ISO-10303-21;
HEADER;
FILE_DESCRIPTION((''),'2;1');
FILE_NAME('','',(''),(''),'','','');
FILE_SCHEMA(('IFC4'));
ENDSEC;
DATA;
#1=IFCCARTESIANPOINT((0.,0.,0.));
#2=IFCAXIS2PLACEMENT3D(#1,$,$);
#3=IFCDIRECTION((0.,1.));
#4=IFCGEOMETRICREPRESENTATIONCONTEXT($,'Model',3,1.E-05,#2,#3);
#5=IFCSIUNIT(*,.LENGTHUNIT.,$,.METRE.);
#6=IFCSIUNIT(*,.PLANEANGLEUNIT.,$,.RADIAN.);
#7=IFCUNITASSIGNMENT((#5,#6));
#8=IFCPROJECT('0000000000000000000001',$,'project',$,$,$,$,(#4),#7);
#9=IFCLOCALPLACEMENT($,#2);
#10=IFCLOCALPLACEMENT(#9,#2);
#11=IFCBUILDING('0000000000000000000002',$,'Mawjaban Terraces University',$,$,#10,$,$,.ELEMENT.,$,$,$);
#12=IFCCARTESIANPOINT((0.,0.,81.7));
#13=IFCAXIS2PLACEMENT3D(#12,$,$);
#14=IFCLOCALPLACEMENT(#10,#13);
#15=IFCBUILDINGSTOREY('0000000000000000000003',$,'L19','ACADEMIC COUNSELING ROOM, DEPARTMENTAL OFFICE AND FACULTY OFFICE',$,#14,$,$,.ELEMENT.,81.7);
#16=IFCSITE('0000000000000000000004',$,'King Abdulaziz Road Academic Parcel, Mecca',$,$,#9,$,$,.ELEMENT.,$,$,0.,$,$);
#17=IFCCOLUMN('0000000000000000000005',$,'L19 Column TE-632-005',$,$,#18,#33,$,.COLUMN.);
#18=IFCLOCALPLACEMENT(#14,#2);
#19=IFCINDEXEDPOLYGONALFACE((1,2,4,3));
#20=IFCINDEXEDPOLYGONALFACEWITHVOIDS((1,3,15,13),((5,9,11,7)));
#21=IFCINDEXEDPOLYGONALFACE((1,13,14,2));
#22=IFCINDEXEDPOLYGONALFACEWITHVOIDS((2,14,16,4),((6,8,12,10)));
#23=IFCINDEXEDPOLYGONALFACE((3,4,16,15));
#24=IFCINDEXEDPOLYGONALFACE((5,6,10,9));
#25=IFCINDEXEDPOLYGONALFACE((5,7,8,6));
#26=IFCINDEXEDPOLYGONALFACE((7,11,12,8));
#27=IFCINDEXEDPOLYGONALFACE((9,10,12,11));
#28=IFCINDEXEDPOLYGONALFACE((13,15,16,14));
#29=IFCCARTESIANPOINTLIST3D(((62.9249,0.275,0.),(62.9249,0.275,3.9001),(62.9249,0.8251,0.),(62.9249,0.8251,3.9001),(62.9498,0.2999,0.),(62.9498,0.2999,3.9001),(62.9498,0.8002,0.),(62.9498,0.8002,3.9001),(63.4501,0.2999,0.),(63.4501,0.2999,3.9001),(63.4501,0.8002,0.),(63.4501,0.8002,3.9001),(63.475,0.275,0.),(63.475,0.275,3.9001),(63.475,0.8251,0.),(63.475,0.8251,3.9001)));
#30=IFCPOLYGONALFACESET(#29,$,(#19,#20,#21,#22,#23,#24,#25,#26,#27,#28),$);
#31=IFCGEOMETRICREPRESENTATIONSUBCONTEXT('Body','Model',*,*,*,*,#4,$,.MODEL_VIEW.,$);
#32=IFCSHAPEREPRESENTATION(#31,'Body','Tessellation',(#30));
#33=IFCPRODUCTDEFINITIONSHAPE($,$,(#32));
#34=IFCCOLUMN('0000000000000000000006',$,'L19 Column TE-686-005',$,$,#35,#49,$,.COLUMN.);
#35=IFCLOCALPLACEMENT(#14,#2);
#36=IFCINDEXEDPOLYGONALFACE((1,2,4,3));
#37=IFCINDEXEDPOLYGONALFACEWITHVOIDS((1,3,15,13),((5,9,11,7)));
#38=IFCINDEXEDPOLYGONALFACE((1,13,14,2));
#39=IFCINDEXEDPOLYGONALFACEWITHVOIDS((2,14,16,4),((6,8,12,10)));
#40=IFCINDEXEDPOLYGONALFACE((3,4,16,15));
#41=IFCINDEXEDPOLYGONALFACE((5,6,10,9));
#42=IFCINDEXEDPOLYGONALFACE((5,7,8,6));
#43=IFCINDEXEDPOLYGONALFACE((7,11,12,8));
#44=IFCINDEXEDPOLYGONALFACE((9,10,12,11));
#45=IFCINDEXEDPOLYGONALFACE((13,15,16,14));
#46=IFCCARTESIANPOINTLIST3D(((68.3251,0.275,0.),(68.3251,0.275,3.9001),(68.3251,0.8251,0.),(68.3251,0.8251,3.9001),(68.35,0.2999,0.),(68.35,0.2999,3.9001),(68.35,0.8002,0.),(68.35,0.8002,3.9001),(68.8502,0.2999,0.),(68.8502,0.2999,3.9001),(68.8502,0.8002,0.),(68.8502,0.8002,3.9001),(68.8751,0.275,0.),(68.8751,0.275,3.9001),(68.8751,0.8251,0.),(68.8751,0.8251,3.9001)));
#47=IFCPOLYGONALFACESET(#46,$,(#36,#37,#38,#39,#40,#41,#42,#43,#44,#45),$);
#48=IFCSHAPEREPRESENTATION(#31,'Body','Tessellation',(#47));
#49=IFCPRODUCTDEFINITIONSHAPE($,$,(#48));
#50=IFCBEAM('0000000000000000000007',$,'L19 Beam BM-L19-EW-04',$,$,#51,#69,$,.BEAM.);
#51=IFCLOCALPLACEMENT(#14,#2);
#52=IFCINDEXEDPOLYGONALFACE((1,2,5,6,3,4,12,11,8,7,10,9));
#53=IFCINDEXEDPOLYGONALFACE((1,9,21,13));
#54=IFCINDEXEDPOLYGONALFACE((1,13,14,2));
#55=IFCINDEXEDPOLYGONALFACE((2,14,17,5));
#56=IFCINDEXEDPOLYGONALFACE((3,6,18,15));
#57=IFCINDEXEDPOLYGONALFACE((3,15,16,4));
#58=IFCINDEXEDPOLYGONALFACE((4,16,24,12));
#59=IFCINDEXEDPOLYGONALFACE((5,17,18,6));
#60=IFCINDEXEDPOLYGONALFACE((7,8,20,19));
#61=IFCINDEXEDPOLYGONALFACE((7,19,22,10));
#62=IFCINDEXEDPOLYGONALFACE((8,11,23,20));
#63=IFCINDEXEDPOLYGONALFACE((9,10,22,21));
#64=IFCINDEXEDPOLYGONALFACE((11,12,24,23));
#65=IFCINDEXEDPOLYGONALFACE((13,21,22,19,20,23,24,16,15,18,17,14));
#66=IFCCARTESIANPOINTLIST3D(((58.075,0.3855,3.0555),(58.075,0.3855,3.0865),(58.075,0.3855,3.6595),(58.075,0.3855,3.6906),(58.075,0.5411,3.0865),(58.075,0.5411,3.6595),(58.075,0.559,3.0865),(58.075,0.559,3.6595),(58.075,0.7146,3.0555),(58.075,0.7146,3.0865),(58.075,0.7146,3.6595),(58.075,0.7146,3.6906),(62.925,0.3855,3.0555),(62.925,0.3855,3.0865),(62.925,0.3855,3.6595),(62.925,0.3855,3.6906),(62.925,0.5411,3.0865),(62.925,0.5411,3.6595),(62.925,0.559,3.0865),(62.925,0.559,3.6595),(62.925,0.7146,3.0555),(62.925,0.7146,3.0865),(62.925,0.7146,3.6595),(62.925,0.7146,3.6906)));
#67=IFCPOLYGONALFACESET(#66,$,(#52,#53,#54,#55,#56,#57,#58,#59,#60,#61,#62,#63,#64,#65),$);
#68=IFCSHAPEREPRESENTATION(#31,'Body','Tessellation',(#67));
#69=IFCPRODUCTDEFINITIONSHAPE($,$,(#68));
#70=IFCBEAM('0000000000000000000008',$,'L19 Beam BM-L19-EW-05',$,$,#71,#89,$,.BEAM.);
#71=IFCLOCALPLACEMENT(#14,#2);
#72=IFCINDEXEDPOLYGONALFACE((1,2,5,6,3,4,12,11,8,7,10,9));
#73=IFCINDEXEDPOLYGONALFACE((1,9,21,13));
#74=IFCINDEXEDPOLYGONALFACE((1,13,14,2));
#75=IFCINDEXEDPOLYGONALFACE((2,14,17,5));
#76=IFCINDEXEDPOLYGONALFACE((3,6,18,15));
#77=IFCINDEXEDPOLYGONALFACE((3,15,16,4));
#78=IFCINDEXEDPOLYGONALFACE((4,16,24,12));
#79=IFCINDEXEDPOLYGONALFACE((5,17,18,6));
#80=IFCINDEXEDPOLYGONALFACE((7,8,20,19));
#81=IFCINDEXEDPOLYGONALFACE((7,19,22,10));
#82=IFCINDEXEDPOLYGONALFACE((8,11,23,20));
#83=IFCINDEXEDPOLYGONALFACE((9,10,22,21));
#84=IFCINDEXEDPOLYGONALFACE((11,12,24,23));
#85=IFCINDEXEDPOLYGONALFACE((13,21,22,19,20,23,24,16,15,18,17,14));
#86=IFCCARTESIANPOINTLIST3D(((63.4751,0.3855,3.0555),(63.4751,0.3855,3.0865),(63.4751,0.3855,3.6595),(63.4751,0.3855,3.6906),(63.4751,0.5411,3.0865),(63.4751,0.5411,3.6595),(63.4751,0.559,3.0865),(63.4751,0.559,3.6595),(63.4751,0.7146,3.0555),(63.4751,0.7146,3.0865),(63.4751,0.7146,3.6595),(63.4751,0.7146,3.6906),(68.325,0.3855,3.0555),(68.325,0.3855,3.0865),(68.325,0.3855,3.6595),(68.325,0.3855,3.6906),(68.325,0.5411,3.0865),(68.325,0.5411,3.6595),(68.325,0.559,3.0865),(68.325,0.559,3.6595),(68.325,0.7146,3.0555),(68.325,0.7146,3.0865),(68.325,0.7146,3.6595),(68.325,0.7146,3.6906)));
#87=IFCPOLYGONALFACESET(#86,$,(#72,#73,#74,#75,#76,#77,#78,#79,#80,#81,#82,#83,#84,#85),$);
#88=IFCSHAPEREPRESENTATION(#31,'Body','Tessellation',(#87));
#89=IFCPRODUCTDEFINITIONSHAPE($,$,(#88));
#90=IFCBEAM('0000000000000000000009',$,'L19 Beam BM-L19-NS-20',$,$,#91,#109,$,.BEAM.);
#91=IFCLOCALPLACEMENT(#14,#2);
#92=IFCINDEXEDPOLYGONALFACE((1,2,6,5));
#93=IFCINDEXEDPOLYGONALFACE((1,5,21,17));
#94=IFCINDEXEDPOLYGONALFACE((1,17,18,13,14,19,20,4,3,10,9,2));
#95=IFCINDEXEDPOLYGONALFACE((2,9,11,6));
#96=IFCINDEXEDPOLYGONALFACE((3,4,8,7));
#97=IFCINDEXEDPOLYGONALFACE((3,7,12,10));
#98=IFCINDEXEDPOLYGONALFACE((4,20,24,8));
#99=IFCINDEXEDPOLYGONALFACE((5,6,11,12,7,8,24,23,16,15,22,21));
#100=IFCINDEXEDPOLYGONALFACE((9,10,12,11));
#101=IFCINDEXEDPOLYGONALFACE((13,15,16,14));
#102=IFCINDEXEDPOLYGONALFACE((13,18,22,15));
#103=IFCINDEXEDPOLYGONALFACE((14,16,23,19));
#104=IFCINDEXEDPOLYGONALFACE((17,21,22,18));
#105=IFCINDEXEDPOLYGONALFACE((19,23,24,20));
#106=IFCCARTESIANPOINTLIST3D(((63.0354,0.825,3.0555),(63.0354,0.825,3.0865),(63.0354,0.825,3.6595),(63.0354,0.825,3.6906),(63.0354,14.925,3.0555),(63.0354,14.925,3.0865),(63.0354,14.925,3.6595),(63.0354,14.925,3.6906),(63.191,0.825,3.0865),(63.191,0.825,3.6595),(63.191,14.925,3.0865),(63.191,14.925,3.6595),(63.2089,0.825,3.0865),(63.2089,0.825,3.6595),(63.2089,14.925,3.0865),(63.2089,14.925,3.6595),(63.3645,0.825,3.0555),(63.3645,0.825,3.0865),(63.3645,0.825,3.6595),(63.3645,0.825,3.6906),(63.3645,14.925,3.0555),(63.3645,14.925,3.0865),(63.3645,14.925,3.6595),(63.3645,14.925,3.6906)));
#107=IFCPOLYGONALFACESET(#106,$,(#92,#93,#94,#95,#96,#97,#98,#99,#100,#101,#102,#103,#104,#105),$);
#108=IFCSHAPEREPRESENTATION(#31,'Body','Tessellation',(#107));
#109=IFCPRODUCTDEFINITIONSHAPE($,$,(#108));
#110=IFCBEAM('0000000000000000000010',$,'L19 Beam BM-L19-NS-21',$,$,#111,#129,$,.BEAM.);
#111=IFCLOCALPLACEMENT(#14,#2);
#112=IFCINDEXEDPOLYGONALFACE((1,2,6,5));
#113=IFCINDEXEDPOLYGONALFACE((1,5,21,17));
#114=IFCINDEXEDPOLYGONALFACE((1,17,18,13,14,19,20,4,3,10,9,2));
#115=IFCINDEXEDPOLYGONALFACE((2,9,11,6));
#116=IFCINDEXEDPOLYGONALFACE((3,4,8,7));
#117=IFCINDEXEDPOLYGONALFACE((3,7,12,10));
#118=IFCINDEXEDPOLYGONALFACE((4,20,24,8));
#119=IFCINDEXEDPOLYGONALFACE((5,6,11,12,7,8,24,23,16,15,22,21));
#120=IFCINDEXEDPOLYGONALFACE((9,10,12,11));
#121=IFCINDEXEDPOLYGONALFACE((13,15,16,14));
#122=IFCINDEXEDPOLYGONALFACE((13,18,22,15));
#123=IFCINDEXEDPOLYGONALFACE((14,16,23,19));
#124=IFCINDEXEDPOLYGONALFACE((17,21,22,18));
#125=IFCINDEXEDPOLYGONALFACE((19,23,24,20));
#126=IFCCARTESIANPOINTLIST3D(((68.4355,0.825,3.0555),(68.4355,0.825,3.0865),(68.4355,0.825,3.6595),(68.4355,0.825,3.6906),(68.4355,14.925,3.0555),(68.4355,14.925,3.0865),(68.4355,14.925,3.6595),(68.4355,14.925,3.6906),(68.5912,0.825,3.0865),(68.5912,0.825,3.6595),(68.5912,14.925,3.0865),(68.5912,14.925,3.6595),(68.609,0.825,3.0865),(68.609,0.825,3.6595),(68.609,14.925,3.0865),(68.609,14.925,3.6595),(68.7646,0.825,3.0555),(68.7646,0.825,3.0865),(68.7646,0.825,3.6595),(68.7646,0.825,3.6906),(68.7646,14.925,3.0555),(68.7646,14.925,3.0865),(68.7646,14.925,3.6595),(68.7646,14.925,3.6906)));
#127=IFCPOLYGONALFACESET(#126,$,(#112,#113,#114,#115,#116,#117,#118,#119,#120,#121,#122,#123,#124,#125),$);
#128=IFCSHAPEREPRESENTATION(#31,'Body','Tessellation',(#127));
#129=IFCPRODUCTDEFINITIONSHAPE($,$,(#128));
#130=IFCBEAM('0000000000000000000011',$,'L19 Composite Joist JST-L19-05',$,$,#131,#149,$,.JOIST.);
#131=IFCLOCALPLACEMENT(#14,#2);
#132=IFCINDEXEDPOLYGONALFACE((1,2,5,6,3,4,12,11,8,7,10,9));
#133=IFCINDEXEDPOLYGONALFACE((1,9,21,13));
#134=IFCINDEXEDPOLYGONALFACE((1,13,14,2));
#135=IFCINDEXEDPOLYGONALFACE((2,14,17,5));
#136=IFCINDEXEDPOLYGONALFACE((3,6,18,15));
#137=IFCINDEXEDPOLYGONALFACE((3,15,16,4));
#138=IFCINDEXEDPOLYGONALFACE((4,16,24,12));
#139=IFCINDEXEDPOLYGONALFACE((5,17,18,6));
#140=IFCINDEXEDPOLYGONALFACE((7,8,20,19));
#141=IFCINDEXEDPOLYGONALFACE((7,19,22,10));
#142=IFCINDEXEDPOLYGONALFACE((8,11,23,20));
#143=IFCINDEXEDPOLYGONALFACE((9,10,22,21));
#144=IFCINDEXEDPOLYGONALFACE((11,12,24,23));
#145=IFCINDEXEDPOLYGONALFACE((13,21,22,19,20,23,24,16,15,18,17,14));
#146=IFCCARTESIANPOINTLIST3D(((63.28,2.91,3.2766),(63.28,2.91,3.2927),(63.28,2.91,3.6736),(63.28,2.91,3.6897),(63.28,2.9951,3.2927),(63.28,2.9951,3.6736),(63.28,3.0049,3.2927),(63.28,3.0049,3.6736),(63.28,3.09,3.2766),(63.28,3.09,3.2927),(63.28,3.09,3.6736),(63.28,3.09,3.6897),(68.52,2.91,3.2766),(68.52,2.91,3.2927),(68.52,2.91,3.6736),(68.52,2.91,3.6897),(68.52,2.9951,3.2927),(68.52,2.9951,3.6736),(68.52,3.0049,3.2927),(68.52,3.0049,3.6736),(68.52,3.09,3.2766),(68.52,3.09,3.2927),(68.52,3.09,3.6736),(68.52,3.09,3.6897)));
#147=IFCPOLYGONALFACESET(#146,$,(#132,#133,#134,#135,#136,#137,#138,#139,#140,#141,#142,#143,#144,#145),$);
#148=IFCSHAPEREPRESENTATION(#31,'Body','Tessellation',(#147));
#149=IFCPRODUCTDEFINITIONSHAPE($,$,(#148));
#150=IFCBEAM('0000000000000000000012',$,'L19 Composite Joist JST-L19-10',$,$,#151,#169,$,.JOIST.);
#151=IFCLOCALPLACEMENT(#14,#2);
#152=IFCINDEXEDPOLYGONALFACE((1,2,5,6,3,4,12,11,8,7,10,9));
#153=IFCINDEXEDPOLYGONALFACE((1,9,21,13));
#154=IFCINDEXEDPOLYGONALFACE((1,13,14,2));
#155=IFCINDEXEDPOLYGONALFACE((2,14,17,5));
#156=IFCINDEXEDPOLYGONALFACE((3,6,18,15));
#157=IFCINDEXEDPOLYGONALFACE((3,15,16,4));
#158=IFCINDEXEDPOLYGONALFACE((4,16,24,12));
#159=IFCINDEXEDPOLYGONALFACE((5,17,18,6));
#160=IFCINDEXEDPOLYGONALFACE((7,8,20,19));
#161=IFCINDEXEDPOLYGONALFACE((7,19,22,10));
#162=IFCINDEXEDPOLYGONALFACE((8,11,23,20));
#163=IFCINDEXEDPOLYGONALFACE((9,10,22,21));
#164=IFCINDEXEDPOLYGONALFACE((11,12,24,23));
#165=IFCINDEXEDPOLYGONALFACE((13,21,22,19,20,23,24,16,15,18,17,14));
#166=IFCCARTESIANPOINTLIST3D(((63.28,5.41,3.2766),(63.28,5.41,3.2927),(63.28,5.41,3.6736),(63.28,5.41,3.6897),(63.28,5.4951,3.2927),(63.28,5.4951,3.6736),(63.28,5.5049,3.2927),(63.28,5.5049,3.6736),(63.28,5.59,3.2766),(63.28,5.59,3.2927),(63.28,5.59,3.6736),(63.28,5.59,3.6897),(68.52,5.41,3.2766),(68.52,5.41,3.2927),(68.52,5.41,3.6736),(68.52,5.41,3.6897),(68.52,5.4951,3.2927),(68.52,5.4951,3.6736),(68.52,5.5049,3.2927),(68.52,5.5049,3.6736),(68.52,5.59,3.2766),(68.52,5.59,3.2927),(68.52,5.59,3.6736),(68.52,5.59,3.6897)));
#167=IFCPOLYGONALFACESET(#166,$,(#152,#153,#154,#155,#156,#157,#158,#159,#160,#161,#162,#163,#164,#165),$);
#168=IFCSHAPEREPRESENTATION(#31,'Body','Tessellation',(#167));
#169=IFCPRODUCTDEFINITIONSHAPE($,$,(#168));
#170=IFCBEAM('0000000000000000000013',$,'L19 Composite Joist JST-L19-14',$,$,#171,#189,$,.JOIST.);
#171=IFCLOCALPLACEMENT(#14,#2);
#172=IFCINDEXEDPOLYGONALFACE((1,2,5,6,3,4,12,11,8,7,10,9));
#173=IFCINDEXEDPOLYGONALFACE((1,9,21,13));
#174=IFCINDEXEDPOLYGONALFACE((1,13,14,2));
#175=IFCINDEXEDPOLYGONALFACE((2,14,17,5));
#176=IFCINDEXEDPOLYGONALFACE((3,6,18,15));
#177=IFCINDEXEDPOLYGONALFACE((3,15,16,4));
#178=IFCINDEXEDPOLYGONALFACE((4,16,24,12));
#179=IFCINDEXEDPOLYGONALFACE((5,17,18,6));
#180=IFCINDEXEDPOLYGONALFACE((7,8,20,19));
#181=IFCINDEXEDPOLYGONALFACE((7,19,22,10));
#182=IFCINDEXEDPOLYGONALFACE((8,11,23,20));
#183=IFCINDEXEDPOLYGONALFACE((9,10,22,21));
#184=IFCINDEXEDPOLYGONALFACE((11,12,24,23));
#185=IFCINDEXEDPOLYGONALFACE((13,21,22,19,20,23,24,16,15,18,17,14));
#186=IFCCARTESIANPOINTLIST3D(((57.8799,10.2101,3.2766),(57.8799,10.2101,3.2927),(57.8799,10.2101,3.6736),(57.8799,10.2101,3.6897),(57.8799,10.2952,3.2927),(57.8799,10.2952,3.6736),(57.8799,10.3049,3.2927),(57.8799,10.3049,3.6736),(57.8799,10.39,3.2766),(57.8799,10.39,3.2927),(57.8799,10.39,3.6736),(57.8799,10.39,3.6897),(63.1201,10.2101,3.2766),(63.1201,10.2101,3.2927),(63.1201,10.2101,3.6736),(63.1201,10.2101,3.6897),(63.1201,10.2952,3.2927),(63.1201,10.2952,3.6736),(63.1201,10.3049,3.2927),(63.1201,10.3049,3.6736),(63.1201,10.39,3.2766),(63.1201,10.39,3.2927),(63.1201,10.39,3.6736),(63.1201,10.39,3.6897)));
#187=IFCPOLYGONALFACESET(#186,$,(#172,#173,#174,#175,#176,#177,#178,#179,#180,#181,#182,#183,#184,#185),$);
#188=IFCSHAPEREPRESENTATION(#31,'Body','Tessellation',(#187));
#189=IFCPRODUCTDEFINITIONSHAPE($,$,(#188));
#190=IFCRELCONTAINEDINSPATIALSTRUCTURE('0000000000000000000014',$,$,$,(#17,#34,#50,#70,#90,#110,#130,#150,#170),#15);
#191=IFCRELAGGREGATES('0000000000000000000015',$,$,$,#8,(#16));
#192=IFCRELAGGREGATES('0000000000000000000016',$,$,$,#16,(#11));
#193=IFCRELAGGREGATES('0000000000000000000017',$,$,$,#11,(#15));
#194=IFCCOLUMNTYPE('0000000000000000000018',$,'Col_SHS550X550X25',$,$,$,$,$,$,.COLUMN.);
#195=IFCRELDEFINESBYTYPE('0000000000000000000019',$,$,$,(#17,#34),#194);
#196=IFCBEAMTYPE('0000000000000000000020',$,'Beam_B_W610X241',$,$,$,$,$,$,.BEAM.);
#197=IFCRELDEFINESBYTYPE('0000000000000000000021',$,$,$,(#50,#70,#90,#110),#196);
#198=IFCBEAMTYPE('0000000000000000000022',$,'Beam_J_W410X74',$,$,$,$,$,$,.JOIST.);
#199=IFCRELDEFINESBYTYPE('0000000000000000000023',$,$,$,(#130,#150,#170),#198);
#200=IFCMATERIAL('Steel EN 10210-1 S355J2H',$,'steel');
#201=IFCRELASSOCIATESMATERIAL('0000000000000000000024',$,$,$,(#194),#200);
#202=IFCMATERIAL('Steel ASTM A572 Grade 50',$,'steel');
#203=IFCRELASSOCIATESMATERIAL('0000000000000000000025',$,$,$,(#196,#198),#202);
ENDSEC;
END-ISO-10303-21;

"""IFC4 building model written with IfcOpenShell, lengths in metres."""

from ifc_helpers import new_model, si_unit, direction, frame, origin, origin_2d, place, context, subcontext, project, spatial, hollow_rectangle, i_section, extrude, material, material_profile, profile_set, type_object, element, save


model = new_model("IFC4")

# Units and contexts
model_context = context("Model", 3, precision=1e-05, world=origin(), true_north=direction((0.0, 1.0)))
body_context = subcontext(model_context, "Body", "Model", "MODEL_VIEW")
ifc_project = project(units=[si_unit("LENGTHUNIT", "METRE"), si_unit("PLANEANGLEUNIT", "RADIAN")], contexts=[model_context])

# Site, building, storey
site_placement = place(None, origin())
site = spatial("IfcSite", under=ifc_project, at=site_placement, Name="King Abdulaziz Road Academic Parcel, Mecca", CompositionType="ELEMENT", RefElevation=0.0)
building_placement = place(site_placement, origin())
building = spatial("IfcBuilding", under=site, at=building_placement, Name="Mawjaban Terraces University", CompositionType="ELEMENT")
storey_placement = place(building_placement, frame((0.0, 0.0, 81.7)))
storey = spatial("IfcBuildingStorey", under=building, at=storey_placement, Name="L19", Description="ACADEMIC COUNSELING ROOM, DEPARTMENTAL OFFICE AND FACULTY OFFICE", CompositionType="ELEMENT", Elevation=81.7)

# Columns
ifc_material_1 = material(Name="Steel EN 10210-1 S355J2H", Category="steel")
ifc_material_profile_1 = material_profile(ifc_material_1, hollow_rectangle(XDim=0.55, YDim=0.55, WallThickness=0.0249, at=origin_2d()), Name="SHS550X550X25")
ifc_profile_set_1 = profile_set([ifc_material_profile_1], Name="Steel EN 10210-1 S355J2H")
column_type = type_object("IfcColumnType", Name="Col_SHS550X550X25", PredefinedType="COLUMN", material=ifc_profile_set_1)
for number, where, z_axis, x_axis, name in (
    (1, (63.2, 0.55, 0.0), (0.0, 0.0, 1.0), (1.0, 0.0, 0.0), "L19 Column TE-632-005"),
    (2, (68.6001, 0.55, 0.0), (0.0, 0.0, 1.0), (1.0, 0.0, 0.0), "L19 Column TE-686-005"),
):
    element("IfcColumn", number, at=place(storey_placement, frame(where, z_axis=z_axis, x_axis=x_axis)), inside=storey, type_object=column_type, Name=name, PredefinedType="COLUMN", context=body_context, shape_type="SweptSolid", body=[
        extrude(hollow_rectangle(XDim=0.55, YDim=0.55, WallThickness=0.0249, at=origin_2d()), origin(), (0.0, 0.0, 1.0), 3.9001),
    ])

# Beams
ifc_material_2 = material(Name="Steel ASTM A572 Grade 50", Category="steel")
ifc_material_profile_2 = material_profile(ifc_material_2, i_section(OverallWidth=0.3291, OverallDepth=0.635, WebThickness=0.0178, FlangeThickness=0.031, at=origin_2d()), Name="W610X241")
ifc_profile_set_2 = profile_set([ifc_material_profile_2], Name="Steel ASTM A572 Grade 50")
beam_type_1 = type_object("IfcBeamType", Name="Beam_B_W610X241", PredefinedType="BEAM", material=ifc_profile_set_2)
beam_1_placement = place(storey_placement, frame((58.075, 0.55, 3.373), z_axis=(1.0, 0.0, 0.0), x_axis=(0.0, 1.0, 0.0)))
element("IfcBeam", 3, at=beam_1_placement, inside=storey, type_object=beam_type_1, Name="L19 Beam BM-L19-EW-04", PredefinedType="BEAM", context=body_context, shape_type="SweptSolid", body=[
    extrude(i_section(OverallWidth=0.3291, OverallDepth=0.635, WebThickness=0.0178, FlangeThickness=0.031, at=origin_2d()), origin(), (0.0, 0.0, 1.0), 4.8501),
])
beam_2_placement = place(storey_placement, frame((63.4751, 0.55, 3.373), z_axis=(1.0, 0.0, 0.0), x_axis=(0.0, 1.0, 0.0)))
element("IfcBeam", 4, at=beam_2_placement, inside=storey, type_object=beam_type_1, Name="L19 Beam BM-L19-EW-05", PredefinedType="BEAM", context=body_context, shape_type="SweptSolid", body=[
    extrude(i_section(OverallWidth=0.3291, OverallDepth=0.635, WebThickness=0.0178, FlangeThickness=0.031, at=origin_2d()), origin(), (0.0, 0.0, 1.0), 4.8499),
])
for number, where, z_axis, x_axis, name in (
    (5, (63.2, 0.825, 3.373), (0.0, 1.0, 0.0), (-1.0, 0.0, 0.0), "L19 Beam BM-L19-NS-20"),
    (6, (68.6001, 0.825, 3.373), (0.0, 1.0, 0.0), (-1.0, 0.0, 0.0), "L19 Beam BM-L19-NS-21"),
):
    element("IfcBeam", number, at=place(storey_placement, frame(where, z_axis=z_axis, x_axis=x_axis)), inside=storey, type_object=beam_type_1, Name=name, PredefinedType="BEAM", context=body_context, shape_type="SweptSolid", body=[
        extrude(i_section(OverallWidth=0.3291, OverallDepth=0.635, WebThickness=0.0178, FlangeThickness=0.031, at=origin_2d()), origin(), (0.0, 0.0, 1.0), 14.1001),
    ])
ifc_material_profile_3 = material_profile(ifc_material_2, i_section(OverallWidth=0.1799, OverallDepth=0.4131, WebThickness=0.0098, FlangeThickness=0.0161, at=origin_2d()), Name="W410X74")
ifc_profile_set_3 = profile_set([ifc_material_profile_3], Name="Steel ASTM A572 Grade 50")
beam_type_2 = type_object("IfcBeamType", Name="Beam_J_W410X74", PredefinedType="JOIST", material=ifc_profile_set_3)
for number, where, z_axis, x_axis, name in (
    (7, (63.28, 3.0, 3.4832), (1.0, 0.0, 0.0), (0.0, 1.0, 0.0), "L19 Composite Joist JST-L19-05"),
    (8, (63.28, 5.5, 3.4832), (1.0, 0.0, 0.0), (0.0, 1.0, 0.0), "L19 Composite Joist JST-L19-10"),
):
    element("IfcBeam", number, at=place(storey_placement, frame(where, z_axis=z_axis, x_axis=x_axis)), inside=storey, type_object=beam_type_2, Name=name, PredefinedType="JOIST", context=body_context, shape_type="SweptSolid", body=[
        extrude(i_section(OverallWidth=0.1799, OverallDepth=0.4131, WebThickness=0.0098, FlangeThickness=0.0161, at=origin_2d()), origin(), (0.0, 0.0, 1.0), 5.24),
    ])
beam_3_placement = place(storey_placement, frame((57.8799, 10.3, 3.4832), z_axis=(1.0, 0.0, 0.0), x_axis=(0.0, 1.0, 0.0)))
element("IfcBeam", 9, at=beam_3_placement, inside=storey, type_object=beam_type_2, Name="L19 Composite Joist JST-L19-14", PredefinedType="JOIST", context=body_context, shape_type="SweptSolid", body=[
    extrude(i_section(OverallWidth=0.1799, OverallDepth=0.4131, WebThickness=0.0098, FlangeThickness=0.0161, at=origin_2d()), origin(), (0.0, 0.0, 1.0), 5.2402),
])

save(model, "model.ifc")
